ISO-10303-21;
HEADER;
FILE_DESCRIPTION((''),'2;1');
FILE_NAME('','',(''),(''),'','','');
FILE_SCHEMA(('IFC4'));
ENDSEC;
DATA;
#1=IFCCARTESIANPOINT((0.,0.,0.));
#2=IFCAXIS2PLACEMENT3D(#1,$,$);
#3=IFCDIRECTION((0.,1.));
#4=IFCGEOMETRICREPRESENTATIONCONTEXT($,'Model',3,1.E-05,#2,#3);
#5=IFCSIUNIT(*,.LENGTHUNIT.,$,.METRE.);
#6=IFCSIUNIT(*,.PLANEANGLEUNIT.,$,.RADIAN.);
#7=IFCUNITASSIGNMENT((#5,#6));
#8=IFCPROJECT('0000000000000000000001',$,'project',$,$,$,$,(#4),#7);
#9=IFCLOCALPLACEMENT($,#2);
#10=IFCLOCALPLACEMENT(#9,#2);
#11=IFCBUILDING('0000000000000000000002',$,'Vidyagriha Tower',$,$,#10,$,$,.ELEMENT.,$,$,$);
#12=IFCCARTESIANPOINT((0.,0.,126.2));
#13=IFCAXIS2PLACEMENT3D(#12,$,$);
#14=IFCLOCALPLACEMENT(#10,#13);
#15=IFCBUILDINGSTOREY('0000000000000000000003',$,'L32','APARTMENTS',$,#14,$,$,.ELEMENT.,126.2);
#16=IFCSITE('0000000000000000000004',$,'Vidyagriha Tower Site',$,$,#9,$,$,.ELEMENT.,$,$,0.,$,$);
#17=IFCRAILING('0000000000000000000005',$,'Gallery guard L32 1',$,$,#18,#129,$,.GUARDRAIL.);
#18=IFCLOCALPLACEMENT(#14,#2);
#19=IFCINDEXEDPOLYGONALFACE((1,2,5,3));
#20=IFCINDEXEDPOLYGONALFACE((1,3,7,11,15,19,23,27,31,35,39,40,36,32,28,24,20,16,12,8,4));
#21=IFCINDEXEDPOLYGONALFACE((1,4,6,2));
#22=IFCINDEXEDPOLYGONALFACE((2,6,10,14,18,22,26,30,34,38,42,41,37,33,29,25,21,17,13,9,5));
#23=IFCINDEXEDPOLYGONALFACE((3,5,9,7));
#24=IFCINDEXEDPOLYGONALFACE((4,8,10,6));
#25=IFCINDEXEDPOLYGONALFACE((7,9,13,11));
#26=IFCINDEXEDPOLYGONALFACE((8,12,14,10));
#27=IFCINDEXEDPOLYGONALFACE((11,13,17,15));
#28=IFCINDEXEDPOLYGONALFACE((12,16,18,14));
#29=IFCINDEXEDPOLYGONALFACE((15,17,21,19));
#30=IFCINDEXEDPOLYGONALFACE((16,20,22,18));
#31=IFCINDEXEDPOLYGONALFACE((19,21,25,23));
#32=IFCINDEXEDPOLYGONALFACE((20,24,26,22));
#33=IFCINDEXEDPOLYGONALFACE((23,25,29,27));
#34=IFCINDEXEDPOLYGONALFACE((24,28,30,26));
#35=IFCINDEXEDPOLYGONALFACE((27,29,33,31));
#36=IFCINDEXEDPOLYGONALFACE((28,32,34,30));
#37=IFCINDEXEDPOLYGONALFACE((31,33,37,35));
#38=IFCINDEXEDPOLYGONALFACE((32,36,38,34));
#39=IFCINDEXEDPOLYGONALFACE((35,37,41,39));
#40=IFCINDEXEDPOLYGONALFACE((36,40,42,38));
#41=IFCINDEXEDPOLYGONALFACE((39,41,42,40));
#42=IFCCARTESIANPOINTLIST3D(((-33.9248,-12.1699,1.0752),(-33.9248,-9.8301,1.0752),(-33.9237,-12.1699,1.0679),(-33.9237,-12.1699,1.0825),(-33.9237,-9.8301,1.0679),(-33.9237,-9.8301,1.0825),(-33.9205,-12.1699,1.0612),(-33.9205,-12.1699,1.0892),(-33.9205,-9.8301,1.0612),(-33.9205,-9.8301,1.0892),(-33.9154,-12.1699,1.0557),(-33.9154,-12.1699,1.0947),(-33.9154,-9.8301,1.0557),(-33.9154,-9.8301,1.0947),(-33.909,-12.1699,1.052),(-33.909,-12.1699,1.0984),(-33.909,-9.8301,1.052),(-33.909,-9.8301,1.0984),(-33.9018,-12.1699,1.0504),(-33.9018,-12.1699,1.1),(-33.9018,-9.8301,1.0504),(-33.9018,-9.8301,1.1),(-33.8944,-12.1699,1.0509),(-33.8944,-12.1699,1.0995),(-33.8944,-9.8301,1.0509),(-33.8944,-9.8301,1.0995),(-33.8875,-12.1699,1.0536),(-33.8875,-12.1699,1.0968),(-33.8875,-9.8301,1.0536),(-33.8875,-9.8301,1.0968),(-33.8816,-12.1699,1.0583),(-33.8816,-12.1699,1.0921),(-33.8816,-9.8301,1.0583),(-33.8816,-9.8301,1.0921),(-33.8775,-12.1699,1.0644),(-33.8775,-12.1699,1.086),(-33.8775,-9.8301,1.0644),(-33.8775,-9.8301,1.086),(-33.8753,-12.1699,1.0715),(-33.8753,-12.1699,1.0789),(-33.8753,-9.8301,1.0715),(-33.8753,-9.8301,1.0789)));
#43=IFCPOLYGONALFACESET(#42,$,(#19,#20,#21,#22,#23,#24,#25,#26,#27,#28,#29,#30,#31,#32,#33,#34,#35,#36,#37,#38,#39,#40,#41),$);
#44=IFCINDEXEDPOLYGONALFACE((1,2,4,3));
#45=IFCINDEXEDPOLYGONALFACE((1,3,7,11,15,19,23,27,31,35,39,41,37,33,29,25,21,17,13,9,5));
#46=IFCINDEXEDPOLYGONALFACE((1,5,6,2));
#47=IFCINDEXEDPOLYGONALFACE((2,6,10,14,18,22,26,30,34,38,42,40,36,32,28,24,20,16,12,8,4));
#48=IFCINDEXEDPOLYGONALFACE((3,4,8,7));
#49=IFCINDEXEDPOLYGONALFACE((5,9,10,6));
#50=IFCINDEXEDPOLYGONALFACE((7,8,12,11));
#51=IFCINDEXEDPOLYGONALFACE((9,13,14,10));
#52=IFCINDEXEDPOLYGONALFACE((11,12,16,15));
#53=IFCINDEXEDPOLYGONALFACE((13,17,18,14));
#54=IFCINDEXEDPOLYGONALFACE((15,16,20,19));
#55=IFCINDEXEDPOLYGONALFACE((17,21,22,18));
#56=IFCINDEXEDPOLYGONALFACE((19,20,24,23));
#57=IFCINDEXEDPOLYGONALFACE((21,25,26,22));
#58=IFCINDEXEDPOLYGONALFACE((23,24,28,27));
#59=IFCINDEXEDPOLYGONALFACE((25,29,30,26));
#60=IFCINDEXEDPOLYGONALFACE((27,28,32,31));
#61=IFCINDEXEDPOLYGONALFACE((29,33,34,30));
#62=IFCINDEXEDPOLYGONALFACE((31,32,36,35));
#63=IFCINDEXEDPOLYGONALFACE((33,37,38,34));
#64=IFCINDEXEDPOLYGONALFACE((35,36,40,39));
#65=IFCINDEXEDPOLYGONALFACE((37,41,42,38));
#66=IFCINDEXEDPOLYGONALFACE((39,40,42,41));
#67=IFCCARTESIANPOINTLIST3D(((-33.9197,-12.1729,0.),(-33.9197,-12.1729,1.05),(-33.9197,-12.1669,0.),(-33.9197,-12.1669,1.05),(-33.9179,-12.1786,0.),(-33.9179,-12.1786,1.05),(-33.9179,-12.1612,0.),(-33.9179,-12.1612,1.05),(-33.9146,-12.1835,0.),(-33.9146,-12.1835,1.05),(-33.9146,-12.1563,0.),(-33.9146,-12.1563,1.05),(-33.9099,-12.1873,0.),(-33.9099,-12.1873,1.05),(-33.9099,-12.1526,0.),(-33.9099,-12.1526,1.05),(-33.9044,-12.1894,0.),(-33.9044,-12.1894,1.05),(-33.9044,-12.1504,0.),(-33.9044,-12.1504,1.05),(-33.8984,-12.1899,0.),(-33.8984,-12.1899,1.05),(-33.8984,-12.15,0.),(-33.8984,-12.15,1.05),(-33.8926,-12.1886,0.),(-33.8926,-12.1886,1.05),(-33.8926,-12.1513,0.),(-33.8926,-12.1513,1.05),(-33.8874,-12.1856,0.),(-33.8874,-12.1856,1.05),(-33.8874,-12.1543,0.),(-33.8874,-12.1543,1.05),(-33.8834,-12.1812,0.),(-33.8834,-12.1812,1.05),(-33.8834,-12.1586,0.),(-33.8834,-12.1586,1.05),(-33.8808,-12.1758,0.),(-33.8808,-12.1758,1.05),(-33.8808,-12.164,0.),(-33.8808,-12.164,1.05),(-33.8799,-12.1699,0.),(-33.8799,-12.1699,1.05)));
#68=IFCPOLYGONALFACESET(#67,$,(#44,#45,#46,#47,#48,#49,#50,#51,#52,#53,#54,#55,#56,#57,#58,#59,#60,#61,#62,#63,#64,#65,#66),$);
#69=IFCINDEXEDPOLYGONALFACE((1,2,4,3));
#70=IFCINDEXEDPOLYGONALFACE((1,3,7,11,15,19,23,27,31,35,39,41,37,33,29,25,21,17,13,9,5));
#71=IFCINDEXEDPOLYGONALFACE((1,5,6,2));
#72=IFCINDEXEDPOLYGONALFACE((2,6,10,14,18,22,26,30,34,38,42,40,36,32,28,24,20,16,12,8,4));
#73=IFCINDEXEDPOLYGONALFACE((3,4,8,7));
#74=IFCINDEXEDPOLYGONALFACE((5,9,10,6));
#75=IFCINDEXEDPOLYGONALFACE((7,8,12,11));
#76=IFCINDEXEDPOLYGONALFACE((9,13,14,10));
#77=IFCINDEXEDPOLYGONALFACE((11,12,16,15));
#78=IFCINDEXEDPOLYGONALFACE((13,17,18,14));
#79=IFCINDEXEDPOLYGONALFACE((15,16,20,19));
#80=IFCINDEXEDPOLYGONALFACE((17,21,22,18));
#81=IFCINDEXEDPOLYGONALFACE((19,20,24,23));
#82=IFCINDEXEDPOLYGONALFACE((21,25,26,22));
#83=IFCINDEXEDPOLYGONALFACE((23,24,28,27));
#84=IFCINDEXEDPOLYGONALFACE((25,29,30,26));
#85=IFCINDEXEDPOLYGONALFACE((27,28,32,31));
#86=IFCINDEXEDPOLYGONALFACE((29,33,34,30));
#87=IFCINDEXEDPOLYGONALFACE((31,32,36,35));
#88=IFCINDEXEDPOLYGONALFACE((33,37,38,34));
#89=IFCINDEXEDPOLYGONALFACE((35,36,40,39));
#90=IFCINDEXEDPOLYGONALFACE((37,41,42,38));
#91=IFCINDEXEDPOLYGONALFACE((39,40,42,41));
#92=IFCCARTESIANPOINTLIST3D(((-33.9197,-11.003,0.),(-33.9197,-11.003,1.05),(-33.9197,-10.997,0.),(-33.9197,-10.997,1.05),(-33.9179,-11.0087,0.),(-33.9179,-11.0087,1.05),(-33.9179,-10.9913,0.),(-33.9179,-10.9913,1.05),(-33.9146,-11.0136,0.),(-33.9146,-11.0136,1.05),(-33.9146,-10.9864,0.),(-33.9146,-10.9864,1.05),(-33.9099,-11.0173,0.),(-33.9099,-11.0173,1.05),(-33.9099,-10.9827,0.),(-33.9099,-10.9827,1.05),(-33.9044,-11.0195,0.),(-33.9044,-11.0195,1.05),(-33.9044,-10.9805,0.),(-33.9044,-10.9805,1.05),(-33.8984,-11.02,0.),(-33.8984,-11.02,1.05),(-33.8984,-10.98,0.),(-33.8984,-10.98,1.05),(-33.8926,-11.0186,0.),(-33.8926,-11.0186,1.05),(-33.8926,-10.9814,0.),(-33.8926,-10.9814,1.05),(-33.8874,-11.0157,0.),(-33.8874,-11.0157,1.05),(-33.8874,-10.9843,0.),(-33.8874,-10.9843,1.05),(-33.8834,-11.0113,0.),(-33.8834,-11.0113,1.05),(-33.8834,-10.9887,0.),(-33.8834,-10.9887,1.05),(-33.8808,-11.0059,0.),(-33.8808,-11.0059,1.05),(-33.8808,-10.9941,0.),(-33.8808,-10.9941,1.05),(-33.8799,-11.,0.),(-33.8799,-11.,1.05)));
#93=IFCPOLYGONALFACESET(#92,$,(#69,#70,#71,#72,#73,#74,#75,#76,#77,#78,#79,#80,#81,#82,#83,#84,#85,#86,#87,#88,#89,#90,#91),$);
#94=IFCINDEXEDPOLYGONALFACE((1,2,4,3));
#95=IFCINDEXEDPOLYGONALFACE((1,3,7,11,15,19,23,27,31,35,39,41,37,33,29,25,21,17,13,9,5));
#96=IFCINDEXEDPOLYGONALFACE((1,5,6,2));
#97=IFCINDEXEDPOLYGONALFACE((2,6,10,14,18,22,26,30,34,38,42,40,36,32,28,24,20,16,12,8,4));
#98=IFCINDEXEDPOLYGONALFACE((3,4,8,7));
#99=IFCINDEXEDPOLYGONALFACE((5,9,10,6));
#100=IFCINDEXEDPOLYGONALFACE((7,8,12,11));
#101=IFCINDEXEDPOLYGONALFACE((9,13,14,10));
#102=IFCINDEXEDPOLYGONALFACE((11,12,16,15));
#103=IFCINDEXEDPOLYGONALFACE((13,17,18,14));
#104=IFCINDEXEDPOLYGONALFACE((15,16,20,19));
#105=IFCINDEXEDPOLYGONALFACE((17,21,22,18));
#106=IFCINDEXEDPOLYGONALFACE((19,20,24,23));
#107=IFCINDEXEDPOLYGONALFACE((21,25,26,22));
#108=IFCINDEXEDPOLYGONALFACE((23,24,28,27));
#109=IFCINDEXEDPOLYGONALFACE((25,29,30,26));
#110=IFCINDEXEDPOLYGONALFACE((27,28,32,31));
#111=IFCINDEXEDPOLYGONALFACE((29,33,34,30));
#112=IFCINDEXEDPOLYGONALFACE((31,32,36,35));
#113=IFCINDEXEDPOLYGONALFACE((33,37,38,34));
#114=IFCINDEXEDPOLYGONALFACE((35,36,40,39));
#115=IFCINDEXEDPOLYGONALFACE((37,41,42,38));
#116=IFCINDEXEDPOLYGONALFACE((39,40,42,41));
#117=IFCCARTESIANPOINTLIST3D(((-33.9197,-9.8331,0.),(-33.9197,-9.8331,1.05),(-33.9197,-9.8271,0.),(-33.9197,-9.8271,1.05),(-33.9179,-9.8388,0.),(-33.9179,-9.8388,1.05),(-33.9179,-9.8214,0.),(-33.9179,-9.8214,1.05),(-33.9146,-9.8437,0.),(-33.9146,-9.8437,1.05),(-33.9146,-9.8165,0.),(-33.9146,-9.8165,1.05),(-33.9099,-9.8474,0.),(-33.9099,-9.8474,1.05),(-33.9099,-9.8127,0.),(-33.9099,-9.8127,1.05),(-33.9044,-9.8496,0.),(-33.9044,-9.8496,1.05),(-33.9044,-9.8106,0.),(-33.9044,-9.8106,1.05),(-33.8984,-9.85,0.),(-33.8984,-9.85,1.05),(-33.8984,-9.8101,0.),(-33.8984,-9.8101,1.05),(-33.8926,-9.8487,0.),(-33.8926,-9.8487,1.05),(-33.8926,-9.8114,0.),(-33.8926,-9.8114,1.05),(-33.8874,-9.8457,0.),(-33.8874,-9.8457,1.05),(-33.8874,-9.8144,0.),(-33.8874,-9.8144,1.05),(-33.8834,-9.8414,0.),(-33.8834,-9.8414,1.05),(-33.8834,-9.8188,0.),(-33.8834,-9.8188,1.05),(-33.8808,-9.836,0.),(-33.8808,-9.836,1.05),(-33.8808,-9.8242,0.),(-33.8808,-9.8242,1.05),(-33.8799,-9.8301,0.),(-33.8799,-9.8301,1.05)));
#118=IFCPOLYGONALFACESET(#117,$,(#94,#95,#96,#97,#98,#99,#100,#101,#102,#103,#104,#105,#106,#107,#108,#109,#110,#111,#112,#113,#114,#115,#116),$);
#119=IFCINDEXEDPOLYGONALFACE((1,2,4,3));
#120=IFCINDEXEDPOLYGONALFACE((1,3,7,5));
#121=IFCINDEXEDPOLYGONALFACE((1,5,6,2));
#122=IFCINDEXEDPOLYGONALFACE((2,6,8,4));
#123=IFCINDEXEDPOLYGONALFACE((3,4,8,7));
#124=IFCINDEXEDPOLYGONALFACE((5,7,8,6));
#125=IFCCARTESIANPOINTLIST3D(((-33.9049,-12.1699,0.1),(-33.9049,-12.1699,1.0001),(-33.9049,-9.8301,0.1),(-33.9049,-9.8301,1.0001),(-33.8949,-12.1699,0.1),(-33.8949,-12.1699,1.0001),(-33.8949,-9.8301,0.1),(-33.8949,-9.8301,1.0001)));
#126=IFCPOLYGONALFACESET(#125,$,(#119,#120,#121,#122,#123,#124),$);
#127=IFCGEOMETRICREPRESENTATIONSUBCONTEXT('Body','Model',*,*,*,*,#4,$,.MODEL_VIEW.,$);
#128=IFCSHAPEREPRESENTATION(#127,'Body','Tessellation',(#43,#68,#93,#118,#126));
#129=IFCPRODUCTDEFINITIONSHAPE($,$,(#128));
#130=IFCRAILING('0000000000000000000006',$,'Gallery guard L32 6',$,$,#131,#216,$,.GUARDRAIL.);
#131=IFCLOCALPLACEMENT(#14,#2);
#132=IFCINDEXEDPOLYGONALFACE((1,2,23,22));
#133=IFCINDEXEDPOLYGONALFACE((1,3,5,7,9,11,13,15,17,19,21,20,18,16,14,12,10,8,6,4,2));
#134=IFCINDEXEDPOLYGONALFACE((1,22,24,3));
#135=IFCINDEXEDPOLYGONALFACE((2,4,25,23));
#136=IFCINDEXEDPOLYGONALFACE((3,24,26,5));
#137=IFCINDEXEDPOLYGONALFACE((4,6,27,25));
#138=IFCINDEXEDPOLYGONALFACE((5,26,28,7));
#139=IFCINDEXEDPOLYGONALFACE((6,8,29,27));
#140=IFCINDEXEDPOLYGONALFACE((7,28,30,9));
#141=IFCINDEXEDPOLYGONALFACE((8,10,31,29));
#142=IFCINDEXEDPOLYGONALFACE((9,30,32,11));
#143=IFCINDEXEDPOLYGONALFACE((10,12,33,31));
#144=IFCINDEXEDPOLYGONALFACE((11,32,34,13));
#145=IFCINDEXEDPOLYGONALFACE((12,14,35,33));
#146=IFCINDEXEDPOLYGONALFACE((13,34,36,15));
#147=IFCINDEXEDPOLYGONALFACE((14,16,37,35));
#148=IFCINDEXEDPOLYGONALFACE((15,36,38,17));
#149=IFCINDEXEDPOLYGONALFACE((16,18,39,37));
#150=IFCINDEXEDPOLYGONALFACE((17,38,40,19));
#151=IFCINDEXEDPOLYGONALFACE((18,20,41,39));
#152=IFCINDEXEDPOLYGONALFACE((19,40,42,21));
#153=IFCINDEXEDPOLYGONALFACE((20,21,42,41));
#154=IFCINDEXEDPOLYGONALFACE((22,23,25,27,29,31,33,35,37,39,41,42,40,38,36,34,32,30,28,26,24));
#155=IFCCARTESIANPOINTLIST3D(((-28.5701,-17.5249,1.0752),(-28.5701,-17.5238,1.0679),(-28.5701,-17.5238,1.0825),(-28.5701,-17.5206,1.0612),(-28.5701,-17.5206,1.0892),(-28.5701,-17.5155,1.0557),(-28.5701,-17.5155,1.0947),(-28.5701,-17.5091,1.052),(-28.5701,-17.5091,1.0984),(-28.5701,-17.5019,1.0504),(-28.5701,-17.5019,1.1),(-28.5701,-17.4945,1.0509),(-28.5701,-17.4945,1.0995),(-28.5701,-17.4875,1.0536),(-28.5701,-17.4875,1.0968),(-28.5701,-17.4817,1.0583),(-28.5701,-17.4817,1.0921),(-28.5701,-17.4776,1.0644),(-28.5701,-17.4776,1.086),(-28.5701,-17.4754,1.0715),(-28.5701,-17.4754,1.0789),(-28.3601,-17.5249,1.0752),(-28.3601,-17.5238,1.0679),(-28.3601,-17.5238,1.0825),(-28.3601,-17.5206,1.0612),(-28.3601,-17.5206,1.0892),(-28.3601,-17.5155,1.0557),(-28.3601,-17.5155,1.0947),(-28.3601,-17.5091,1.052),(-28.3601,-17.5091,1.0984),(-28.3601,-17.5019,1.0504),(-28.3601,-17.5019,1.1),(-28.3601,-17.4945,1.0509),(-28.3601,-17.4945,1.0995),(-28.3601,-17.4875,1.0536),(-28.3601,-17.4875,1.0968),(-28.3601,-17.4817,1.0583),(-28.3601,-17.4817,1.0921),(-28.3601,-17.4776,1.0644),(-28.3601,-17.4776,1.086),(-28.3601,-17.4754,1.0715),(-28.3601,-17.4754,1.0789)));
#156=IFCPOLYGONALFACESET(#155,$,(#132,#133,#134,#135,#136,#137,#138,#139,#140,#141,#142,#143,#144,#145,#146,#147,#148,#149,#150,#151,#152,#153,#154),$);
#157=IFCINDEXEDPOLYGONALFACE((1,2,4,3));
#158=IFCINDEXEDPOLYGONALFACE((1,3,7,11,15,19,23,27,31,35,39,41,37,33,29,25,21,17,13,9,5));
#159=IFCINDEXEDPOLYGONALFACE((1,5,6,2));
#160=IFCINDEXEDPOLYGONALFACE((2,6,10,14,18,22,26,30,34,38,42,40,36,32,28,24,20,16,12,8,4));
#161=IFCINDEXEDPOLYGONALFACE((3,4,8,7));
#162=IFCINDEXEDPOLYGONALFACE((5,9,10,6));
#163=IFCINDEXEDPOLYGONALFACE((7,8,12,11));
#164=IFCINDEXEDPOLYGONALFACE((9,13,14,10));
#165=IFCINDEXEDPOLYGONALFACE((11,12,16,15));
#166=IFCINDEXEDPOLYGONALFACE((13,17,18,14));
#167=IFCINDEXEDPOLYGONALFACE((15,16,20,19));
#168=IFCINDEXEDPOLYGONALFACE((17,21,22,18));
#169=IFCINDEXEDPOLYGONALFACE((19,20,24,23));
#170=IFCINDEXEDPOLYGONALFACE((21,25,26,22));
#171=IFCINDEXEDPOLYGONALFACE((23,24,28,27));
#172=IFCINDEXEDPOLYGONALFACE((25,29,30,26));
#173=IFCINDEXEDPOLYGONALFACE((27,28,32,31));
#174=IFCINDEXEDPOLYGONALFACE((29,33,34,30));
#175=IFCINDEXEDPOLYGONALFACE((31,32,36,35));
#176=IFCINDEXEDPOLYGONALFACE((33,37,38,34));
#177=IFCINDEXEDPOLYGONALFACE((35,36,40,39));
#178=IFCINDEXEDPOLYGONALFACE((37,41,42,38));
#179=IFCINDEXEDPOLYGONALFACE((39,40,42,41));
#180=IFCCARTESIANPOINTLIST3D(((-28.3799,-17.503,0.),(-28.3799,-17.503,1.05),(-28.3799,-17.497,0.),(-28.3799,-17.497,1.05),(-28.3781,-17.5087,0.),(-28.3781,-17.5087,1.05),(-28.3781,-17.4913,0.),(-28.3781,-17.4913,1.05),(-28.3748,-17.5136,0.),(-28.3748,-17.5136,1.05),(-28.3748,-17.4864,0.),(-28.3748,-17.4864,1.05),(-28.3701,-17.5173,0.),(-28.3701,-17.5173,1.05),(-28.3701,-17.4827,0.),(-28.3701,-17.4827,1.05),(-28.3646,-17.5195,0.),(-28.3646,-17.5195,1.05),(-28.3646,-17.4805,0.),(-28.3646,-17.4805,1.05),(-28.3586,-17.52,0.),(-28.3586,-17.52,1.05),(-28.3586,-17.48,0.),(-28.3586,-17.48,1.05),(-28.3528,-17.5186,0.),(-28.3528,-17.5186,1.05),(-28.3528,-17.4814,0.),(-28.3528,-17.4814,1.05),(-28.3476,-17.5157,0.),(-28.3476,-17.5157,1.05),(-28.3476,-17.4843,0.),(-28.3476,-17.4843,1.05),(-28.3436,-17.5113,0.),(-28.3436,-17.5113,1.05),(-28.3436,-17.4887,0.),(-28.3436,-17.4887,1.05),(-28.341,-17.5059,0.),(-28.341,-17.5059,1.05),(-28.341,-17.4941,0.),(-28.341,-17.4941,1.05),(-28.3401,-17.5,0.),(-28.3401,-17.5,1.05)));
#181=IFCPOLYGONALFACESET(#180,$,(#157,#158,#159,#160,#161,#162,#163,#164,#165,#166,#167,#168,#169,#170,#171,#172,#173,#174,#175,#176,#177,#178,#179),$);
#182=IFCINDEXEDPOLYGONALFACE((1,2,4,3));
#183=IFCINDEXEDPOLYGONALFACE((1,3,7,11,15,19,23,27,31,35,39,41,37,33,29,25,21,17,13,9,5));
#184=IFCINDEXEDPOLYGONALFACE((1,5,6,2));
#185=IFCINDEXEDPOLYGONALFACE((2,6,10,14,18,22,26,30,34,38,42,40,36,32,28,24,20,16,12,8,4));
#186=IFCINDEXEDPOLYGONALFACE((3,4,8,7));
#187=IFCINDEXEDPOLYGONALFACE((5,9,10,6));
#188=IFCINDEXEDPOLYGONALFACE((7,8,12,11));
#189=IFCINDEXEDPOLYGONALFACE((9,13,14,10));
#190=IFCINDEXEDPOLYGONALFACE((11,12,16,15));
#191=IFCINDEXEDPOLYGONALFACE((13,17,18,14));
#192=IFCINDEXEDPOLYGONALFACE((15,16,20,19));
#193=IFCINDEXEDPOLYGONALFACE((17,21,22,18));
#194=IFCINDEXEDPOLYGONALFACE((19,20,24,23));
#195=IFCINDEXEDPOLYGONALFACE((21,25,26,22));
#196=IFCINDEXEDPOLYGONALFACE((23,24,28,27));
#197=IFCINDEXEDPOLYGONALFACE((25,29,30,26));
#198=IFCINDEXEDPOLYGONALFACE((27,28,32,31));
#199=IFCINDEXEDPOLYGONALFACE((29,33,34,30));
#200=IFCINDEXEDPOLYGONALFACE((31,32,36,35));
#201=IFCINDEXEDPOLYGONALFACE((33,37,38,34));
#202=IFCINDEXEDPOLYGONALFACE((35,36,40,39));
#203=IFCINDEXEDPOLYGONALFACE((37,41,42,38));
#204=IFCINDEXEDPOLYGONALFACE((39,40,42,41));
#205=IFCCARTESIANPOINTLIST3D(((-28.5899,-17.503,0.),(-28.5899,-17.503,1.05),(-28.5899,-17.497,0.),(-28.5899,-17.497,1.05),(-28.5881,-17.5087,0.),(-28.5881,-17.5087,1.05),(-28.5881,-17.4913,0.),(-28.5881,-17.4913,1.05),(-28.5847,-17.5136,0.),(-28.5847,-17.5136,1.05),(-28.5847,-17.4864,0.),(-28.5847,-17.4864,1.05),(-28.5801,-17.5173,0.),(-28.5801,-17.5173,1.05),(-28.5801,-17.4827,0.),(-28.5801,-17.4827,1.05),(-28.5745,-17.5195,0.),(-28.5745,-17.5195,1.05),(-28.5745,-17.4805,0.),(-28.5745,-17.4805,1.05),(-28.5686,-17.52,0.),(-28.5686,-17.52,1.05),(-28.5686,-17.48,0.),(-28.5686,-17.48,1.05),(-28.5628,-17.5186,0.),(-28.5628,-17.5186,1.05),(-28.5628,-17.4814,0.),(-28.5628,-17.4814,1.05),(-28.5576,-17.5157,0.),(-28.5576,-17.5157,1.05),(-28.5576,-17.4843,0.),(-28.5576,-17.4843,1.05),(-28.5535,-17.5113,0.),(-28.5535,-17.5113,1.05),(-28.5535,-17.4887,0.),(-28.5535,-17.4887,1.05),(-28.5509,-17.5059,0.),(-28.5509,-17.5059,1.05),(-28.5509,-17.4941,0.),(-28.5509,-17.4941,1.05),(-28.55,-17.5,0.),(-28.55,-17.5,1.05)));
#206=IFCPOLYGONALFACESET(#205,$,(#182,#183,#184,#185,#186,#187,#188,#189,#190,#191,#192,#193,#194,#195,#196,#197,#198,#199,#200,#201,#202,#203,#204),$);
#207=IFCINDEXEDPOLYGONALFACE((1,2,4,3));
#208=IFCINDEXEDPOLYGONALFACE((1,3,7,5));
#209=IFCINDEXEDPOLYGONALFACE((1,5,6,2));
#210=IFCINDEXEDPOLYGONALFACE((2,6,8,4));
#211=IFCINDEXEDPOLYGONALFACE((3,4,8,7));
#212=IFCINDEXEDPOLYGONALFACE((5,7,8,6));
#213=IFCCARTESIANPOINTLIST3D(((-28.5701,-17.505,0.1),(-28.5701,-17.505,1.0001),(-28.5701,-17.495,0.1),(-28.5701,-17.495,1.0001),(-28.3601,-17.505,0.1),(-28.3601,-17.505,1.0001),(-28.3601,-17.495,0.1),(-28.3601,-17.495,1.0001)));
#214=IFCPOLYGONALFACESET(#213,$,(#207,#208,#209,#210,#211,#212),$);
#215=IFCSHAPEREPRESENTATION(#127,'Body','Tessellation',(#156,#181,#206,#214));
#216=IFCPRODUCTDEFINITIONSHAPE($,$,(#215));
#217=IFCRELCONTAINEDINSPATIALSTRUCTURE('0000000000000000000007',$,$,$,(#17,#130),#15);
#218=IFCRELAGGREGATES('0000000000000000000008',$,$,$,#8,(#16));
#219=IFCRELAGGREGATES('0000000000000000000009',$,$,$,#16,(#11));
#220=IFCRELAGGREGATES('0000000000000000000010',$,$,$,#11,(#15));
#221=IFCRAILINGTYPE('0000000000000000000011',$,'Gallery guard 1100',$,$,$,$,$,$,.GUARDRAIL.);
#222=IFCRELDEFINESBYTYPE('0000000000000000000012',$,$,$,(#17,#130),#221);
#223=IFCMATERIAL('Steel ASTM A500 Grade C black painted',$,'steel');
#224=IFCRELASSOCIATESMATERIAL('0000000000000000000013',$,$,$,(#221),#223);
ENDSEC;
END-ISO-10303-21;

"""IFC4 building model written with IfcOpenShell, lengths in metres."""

from ifc_helpers import new_model, si_unit, direction, frame, origin, origin_2d, place, context, subcontext, project, spatial, rectangle, circle, extrude, material, type_object, element, save


model = new_model("IFC4")

# Units and contexts
model_context = context("Model", 3, precision=1e-05, world=origin(), true_north=direction((0.0, 1.0)))
body_context = subcontext(model_context, "Body", "Model", "MODEL_VIEW")
ifc_project = project(units=[si_unit("LENGTHUNIT", "METRE"), si_unit("PLANEANGLEUNIT", "RADIAN")], contexts=[model_context])

# Site, building, storey
site_placement = place(None, origin())
site = spatial("IfcSite", under=ifc_project, at=site_placement, Name="Vidyagriha Tower Site", CompositionType="ELEMENT", RefElevation=0.0)
building_placement = place(site_placement, origin())
building = spatial("IfcBuilding", under=site, at=building_placement, Name="Vidyagriha Tower", CompositionType="ELEMENT")
storey_placement = place(building_placement, frame((0.0, 0.0, 126.2)))
storey = spatial("IfcBuildingStorey", under=building, at=storey_placement, Name="L32", Description="APARTMENTS", CompositionType="ELEMENT", Elevation=126.2)

# Railings
ifc_material_1 = material(Name="Steel ASTM A500 Grade C black painted", Category="steel")
railing_type_1 = type_object("IfcRailingType", Name="Gallery guard 1100", PredefinedType="GUARDRAIL", material=ifc_material_1)
railing_1_placement = place(storey_placement, frame((-33.8999, -12.1699, 0.0)))
element("IfcRailing", 1, at=railing_1_placement, inside=storey, type_object=railing_type_1, Name="Gallery guard L32 1", PredefinedType="GUARDRAIL", context=body_context, shape_type="SweptSolid", body=[
    extrude(circle(Radius=0.0249, at=origin_2d()), frame((0.0, 0.0, 1.0752), z_axis=(0.0, 1.0, 0.0), x_axis=(-1.0, 0.0, 0.0)), (0.0, 0.0, 1.0), 2.3398),
    extrude(circle(Radius=0.02, at=origin_2d()), origin(), (0.0, 0.0, 1.0), 1.05),
    extrude(circle(Radius=0.02, at=origin_2d()), frame((0.0, 1.1699, 0.0)), (0.0, 0.0, 1.0), 1.05),
    extrude(circle(Radius=0.02, at=origin_2d()), frame((0.0, 2.3398, 0.0)), (0.0, 0.0, 1.0), 1.05),
    extrude(rectangle(XDim=0.01, YDim=0.9001, at=origin_2d()), frame((0.0, 0.0, 0.55), z_axis=(0.0, 1.0, 0.0), x_axis=(-1.0, 0.0, 0.0)), (0.0, 0.0, 1.0), 2.3398),
])
railing_2_placement = place(storey_placement, frame((-28.3601, -17.5, 0.0)))
element("IfcRailing", 2, at=railing_2_placement, inside=storey, type_object=railing_type_1, Name="Gallery guard L32 6", PredefinedType="GUARDRAIL", context=body_context, shape_type="SweptSolid", body=[
    extrude(circle(Radius=0.0249, at=origin_2d()), frame((0.0, 0.0, 1.0752), z_axis=(-1.0, 0.0, 0.0), x_axis=(0.0, -1.0, 0.0)), (0.0, 0.0, 1.0), 0.21),
    extrude(circle(Radius=0.02, at=origin_2d()), origin(), (0.0, 0.0, 1.0), 1.05),
    extrude(circle(Radius=0.02, at=origin_2d()), frame((-0.21, 0.0, 0.0)), (0.0, 0.0, 1.0), 1.05),
    extrude(rectangle(XDim=0.01, YDim=0.9001, at=origin_2d()), frame((0.0, 0.0, 0.55), z_axis=(-1.0, 0.0, 0.0), x_axis=(0.0, -1.0, 0.0)), (0.0, 0.0, 1.0), 0.21),
])

save(model, "model.ifc")
